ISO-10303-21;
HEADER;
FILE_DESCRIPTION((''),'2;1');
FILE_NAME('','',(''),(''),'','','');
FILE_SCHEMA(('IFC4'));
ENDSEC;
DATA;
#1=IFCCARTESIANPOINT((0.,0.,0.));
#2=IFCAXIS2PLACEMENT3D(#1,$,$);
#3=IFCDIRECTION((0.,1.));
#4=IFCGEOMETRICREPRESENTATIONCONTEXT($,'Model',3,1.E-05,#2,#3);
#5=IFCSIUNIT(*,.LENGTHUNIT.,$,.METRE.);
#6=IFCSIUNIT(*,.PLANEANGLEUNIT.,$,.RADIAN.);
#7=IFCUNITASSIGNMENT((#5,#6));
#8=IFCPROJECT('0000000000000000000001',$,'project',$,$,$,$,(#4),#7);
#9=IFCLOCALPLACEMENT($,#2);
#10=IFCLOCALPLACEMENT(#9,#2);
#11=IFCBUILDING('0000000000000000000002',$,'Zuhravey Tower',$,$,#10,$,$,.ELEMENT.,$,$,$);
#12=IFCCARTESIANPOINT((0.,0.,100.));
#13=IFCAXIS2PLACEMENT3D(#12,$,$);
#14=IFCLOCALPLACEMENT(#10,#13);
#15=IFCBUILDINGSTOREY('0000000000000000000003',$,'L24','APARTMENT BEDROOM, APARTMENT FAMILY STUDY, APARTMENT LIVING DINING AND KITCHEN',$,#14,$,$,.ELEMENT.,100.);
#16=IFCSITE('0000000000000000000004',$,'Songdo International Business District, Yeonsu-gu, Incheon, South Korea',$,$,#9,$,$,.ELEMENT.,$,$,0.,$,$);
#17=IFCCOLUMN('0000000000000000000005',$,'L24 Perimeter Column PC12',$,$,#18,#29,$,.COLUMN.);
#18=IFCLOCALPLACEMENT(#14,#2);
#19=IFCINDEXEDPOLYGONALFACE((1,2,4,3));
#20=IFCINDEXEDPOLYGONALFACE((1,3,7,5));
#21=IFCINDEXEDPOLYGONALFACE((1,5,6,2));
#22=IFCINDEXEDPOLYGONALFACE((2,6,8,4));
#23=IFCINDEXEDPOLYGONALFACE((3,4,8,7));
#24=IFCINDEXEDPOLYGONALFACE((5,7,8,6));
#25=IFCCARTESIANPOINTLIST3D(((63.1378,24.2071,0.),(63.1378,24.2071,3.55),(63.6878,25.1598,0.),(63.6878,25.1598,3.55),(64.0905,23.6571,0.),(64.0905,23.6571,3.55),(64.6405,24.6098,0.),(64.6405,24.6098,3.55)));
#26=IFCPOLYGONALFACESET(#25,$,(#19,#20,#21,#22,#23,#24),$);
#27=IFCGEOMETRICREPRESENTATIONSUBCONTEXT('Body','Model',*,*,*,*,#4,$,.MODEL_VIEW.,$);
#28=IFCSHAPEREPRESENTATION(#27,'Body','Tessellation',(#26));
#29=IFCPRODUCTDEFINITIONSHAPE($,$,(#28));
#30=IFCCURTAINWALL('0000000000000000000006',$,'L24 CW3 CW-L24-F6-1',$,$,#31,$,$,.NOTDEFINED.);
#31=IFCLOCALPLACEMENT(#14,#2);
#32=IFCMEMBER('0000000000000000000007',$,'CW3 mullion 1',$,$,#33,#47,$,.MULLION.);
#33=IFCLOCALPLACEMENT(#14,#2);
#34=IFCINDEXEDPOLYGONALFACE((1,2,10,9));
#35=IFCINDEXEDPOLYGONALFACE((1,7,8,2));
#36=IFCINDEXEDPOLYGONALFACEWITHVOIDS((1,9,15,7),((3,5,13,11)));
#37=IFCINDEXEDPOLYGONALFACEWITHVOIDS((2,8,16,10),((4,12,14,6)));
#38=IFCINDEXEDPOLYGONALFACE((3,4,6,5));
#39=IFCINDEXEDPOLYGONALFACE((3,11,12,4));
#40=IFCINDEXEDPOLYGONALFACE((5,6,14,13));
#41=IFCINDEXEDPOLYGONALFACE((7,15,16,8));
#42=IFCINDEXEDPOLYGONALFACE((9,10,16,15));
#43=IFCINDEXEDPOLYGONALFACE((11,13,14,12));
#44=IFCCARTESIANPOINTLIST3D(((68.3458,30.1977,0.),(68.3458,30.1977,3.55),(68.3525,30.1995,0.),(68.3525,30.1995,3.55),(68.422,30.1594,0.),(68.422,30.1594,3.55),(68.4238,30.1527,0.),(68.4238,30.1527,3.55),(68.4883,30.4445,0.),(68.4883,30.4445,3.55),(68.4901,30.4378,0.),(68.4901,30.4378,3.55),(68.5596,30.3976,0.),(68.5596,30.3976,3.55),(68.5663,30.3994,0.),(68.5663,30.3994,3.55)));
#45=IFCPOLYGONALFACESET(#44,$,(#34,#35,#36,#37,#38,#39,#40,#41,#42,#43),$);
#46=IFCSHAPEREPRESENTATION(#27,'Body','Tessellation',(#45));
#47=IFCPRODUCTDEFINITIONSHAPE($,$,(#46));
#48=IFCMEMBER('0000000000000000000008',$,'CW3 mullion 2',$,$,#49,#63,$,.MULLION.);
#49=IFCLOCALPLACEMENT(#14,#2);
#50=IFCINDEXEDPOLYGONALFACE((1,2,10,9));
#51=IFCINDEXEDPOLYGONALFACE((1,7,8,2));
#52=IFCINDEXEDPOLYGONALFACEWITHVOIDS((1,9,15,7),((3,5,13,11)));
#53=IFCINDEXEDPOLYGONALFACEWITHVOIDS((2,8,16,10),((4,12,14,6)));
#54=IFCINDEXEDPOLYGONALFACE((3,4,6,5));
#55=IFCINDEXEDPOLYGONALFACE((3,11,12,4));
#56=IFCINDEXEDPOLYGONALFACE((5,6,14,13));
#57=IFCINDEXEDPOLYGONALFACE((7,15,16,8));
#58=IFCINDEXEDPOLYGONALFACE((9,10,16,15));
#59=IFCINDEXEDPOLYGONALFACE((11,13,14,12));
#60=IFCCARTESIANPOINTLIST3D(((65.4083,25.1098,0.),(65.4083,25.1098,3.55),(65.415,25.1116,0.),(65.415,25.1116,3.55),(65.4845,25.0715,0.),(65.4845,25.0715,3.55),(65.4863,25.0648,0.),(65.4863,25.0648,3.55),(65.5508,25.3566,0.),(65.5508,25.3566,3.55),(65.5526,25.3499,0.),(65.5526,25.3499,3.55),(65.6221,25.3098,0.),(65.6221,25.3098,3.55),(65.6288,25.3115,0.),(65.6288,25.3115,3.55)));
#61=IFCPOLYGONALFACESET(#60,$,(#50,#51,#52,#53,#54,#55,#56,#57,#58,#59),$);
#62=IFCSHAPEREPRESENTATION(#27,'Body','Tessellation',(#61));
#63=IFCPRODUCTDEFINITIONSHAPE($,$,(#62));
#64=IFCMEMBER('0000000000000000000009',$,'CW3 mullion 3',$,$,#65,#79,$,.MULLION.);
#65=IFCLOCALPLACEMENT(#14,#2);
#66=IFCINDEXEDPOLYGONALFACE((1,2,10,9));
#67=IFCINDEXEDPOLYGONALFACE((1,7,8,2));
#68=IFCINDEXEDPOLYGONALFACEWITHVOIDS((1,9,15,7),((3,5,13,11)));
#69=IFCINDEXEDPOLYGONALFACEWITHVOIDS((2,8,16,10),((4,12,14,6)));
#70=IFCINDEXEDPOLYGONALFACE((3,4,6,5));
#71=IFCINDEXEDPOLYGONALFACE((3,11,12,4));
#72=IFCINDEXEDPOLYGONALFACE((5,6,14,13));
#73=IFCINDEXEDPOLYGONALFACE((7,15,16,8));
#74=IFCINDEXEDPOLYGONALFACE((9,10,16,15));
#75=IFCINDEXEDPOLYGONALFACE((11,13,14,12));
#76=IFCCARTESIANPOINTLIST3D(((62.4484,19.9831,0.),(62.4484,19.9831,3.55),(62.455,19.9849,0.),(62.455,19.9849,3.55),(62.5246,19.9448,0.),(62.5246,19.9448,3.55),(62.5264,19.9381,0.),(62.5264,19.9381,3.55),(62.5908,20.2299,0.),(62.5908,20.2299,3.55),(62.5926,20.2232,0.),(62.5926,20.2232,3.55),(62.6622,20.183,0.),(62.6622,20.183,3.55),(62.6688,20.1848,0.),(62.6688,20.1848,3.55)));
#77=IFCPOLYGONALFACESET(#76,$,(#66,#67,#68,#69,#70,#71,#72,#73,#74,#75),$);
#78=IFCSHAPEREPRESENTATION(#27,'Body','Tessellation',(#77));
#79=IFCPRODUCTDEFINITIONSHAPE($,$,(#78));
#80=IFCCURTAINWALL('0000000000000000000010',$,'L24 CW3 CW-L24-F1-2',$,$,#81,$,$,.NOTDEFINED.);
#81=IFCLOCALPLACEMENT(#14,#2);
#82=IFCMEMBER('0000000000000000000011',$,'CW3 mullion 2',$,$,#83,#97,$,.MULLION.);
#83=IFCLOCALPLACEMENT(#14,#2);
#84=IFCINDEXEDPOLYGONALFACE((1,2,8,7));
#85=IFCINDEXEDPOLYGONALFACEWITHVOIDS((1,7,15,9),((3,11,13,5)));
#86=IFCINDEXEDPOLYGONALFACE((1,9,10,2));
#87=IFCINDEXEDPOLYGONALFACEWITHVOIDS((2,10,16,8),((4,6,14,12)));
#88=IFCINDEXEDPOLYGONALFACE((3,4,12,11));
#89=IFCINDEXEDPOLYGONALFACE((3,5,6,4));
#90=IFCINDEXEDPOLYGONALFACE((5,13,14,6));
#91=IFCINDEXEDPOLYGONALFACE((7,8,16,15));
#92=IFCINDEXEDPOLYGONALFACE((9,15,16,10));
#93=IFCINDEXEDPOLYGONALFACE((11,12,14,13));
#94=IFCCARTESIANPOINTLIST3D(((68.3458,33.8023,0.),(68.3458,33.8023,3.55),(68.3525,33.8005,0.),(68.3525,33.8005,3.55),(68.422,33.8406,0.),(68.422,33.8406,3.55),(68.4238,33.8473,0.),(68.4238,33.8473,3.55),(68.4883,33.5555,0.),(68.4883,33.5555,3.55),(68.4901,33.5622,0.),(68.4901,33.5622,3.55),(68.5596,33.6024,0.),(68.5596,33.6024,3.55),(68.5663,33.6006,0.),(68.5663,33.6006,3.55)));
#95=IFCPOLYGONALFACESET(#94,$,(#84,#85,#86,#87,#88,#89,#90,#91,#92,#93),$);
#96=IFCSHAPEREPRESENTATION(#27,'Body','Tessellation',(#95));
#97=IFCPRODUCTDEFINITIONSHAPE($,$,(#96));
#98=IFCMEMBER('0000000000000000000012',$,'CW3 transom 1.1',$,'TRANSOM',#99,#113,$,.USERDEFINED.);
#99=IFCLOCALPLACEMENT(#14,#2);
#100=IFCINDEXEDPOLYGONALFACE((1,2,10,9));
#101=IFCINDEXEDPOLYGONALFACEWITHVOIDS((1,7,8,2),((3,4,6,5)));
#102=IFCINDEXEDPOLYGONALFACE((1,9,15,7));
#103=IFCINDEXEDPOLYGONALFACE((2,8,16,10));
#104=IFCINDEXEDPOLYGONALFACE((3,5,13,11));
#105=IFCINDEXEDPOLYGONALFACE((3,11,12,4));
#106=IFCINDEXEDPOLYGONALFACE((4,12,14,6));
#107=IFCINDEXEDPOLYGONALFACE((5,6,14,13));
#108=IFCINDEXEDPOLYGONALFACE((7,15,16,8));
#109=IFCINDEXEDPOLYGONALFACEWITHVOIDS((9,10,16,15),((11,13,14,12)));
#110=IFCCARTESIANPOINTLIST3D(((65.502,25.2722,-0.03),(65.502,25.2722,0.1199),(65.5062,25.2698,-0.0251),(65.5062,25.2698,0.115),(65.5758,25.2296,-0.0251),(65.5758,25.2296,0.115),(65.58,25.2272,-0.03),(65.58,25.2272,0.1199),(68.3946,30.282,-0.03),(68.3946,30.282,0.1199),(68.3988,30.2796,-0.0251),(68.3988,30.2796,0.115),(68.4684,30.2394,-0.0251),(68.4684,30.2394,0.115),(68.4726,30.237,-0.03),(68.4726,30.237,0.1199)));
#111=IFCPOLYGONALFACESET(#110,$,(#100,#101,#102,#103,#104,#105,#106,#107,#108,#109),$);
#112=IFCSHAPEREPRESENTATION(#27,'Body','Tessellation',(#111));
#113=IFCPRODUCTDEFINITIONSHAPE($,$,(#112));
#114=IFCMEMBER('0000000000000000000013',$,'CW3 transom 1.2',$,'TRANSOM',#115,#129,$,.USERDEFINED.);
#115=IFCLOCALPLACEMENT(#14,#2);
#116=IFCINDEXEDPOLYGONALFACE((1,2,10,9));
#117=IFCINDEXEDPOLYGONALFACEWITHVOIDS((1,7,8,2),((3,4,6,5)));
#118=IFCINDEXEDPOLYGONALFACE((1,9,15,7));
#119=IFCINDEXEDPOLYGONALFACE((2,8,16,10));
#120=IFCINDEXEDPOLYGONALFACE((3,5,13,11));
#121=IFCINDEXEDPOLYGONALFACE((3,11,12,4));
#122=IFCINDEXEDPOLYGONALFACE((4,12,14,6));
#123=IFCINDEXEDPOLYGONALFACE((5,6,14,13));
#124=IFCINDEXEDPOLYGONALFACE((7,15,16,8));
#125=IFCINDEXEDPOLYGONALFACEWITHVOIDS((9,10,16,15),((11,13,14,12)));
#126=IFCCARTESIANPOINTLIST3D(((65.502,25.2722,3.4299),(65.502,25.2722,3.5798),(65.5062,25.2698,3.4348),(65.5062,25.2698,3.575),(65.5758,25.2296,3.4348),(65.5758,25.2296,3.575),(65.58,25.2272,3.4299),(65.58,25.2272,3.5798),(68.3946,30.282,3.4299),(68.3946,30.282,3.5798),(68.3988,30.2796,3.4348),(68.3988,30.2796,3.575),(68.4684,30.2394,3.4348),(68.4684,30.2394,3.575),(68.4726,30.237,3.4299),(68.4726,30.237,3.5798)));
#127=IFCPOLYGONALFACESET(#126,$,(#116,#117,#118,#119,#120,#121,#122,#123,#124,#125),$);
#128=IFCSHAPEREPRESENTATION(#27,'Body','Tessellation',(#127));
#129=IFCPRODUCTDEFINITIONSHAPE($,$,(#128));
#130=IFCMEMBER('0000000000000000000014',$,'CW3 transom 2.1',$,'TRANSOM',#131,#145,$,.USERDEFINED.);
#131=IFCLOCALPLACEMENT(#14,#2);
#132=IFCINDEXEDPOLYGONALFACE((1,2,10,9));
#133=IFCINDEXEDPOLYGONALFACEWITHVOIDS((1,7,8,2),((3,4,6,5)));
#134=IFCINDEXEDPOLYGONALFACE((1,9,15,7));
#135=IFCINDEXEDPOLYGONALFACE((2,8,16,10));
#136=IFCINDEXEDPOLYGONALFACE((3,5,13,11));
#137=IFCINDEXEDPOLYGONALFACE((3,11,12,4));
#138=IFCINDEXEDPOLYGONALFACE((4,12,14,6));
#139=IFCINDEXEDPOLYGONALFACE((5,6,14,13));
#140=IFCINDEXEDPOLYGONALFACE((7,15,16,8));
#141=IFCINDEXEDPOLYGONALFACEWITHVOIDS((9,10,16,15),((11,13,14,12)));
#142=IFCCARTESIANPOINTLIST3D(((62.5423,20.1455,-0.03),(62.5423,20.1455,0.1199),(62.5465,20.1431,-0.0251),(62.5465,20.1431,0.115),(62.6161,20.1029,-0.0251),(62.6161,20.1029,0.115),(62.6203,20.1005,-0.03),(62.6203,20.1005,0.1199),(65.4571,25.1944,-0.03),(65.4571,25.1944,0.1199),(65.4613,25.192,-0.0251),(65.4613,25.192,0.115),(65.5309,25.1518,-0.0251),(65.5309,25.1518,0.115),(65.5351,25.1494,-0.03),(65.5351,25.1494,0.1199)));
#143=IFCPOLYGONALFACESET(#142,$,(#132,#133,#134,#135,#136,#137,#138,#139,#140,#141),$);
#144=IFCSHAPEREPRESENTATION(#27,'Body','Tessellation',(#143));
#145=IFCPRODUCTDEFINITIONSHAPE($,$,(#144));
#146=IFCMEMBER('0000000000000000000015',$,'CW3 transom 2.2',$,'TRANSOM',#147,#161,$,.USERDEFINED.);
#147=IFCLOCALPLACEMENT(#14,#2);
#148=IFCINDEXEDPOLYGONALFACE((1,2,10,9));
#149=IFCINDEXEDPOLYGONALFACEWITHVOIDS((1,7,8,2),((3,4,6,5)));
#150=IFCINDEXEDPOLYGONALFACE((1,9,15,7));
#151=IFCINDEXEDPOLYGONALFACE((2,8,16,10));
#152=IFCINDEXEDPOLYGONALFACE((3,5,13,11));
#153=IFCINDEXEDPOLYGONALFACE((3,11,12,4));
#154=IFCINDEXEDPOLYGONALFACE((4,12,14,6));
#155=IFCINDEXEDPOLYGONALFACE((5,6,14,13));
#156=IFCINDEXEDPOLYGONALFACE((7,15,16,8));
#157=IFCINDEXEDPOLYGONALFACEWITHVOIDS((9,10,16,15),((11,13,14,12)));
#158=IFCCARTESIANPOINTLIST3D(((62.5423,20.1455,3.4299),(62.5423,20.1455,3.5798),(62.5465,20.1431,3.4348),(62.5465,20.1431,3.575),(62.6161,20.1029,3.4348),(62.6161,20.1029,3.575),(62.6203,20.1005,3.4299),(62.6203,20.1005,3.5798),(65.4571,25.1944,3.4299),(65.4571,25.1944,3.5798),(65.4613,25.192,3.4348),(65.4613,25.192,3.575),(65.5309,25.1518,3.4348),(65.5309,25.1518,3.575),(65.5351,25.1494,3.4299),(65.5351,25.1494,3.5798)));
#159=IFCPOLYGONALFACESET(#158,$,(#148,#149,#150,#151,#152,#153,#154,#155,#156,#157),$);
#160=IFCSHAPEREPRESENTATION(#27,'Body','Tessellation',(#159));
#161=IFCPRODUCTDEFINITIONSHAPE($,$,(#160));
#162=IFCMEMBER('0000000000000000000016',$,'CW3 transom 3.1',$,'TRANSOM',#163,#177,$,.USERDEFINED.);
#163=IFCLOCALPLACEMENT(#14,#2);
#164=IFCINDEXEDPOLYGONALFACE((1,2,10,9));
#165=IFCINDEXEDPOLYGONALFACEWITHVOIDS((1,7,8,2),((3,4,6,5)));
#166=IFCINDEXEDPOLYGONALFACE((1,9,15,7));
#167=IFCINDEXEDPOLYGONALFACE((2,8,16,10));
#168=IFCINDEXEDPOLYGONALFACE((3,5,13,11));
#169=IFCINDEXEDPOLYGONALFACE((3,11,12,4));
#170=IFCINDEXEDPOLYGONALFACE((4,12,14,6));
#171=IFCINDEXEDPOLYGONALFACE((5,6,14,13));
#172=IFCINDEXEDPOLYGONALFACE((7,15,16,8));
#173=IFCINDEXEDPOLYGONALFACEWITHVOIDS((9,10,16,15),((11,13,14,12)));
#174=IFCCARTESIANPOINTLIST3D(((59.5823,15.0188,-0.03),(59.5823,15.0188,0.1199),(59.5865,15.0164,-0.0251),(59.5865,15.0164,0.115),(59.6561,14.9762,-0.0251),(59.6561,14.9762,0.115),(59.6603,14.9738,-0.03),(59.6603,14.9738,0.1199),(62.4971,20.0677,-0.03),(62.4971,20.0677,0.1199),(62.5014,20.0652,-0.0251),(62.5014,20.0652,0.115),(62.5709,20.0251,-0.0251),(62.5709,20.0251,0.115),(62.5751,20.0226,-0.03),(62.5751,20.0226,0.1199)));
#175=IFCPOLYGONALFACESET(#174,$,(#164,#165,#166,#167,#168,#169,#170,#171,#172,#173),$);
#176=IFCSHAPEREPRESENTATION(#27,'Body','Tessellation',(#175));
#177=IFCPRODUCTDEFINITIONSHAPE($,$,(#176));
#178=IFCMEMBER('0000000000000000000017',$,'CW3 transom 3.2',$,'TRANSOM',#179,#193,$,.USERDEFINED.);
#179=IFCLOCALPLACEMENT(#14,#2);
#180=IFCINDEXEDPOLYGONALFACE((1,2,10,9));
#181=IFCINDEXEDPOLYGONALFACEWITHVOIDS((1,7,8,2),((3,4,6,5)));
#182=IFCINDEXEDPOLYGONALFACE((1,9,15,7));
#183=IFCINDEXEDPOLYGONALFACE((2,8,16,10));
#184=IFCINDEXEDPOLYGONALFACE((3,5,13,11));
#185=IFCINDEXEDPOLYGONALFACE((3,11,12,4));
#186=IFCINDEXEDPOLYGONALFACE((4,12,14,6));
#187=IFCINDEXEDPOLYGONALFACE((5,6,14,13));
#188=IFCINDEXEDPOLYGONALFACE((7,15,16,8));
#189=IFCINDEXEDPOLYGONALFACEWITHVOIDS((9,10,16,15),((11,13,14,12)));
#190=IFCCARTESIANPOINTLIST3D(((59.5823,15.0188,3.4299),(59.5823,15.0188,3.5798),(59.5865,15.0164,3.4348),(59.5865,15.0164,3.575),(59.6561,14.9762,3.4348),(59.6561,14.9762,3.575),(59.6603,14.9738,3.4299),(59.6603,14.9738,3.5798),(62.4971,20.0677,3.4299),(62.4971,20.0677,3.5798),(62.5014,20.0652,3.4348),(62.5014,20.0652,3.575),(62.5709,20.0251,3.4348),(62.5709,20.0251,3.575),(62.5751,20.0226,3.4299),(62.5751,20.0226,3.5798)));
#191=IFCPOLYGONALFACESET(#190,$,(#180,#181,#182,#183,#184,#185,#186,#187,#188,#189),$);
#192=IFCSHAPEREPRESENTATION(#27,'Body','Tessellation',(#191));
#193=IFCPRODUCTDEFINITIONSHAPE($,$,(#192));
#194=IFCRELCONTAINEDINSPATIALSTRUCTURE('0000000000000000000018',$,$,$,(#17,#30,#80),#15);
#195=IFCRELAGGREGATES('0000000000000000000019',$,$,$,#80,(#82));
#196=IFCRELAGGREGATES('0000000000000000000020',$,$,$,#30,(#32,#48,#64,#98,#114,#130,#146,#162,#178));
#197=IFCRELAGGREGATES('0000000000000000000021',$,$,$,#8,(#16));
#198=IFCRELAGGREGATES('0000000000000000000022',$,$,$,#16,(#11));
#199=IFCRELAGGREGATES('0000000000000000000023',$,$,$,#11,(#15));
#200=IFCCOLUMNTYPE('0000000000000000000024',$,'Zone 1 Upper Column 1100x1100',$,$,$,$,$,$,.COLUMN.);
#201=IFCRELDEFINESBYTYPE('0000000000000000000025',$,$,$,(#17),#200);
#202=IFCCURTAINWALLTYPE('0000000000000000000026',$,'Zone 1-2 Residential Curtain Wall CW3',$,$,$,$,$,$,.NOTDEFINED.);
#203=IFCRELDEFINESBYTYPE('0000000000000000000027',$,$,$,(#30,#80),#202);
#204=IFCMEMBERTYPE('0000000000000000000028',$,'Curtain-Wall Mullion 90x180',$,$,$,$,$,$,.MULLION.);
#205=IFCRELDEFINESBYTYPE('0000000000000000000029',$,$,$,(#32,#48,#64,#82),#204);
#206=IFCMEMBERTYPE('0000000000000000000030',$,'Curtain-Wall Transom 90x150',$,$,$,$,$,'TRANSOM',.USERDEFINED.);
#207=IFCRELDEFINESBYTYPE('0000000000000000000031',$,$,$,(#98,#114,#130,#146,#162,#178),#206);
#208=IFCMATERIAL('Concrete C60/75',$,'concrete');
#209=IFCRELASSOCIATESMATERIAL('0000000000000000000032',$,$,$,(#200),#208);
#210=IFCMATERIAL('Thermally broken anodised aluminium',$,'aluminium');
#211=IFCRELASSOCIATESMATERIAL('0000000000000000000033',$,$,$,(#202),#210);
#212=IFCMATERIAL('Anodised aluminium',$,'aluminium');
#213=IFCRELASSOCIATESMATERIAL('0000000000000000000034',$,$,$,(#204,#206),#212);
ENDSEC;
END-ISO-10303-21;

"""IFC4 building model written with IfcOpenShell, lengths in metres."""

from ifc_helpers import new_model, si_unit, direction, frame, origin, origin_2d, place, context, subcontext, project, spatial, rectangle, hollow_rectangle, extrude, material, material_profile, profile_set, type_object, element, aggregate, save


model = new_model("IFC4")

# Units and contexts
model_context = context("Model", 3, precision=1e-05, world=origin(), true_north=direction((0.0, 1.0)))
body_context = subcontext(model_context, "Body", "Model", "MODEL_VIEW")
ifc_project = project(units=[si_unit("LENGTHUNIT", "METRE"), si_unit("PLANEANGLEUNIT", "RADIAN")], contexts=[model_context])

# Site, building, storey
site_placement = place(None, origin())
site = spatial("IfcSite", under=ifc_project, at=site_placement, Name="Songdo International Business District, Yeonsu-gu, Incheon, South Korea", CompositionType="ELEMENT", RefElevation=0.0)
building_placement = place(site_placement, origin())
building = spatial("IfcBuilding", under=site, at=building_placement, Name="Zuhravey Tower", CompositionType="ELEMENT")
storey_placement = place(building_placement, frame((0.0, 0.0, 100.0)))
storey = spatial("IfcBuildingStorey", under=building, at=storey_placement, Name="L24", Description="APARTMENT BEDROOM, APARTMENT FAMILY STUDY, APARTMENT LIVING DINING AND KITCHEN", CompositionType="ELEMENT", Elevation=100.0)

# Column
ifc_material_1 = material(Name="Concrete C60/75", Category="concrete")
ifc_material_profile_1 = material_profile(ifc_material_1, rectangle(XDim=1.1001, YDim=1.1001, at=origin_2d()), Name="RC-1100x1100")
ifc_profile_set_1 = profile_set([ifc_material_profile_1], Name="Concrete C60/75")
column_type = type_object("IfcColumnType", Name="Zone 1 Upper Column 1100x1100", PredefinedType="COLUMN", material=ifc_profile_set_1)
column_placement = place(storey_placement, frame((63.8892, 24.4084, 0.0), z_axis=(0.0, 0.0, 1.0), x_axis=(0.5, 0.866025, 0.0)))
element("IfcColumn", 1, at=column_placement, inside=storey, type_object=column_type, Name="L24 Perimeter Column PC12", PredefinedType="COLUMN", context=body_context, shape_type="SweptSolid", body=[
    extrude(rectangle(XDim=1.1001, YDim=1.1001, at=origin_2d()), origin(), (0.0, 0.0, 1.0), 3.55),
])

# Curtain wall, members
ifc_material_2 = material(Name="Thermally broken anodised aluminium", Category="aluminium")
curtain_wall_type = type_object("IfcCurtainWallType", Name="Zone 1-2 Residential Curtain Wall CW3", PredefinedType="NOTDEFINED", material=ifc_material_2)
curtain_wall_1_placement = place(storey_placement, origin())
curtain_wall_1 = element("IfcCurtainWall", 2, at=curtain_wall_1_placement, inside=storey, type_object=curtain_wall_type, Name="L24 CW3 CW-L24-F6-1", PredefinedType="NOTDEFINED")
ifc_material_3 = material(Name="Anodised aluminium", Category="aluminium")
ifc_material_profile_2 = material_profile(ifc_material_3, hollow_rectangle(XDim=0.0901, YDim=0.2849, WallThickness=0.0049, at=origin_2d()), Name="ALU-RHS-90x285x5")
ifc_profile_set_2 = profile_set([ifc_material_profile_2], Name="Anodised aluminium")
member_type_1 = type_object("IfcMemberType", Name="Curtain-Wall Mullion 90x180", PredefinedType="MULLION", material=ifc_profile_set_2)
member_1_placement = place(storey_placement, frame((68.4561, 30.2986, 0.0), z_axis=(0.0, 0.0, 1.0), x_axis=(0.866026, -0.5, 0.0)))
member_1 = element("IfcMember", 3, at=member_1_placement, type_object=member_type_1, Name="CW3 mullion 1", PredefinedType="MULLION", context=body_context, shape_type="SweptSolid", body=[
    extrude(hollow_rectangle(XDim=0.0901, YDim=0.2849, WallThickness=0.0049, at=origin_2d()), origin(), (0.0, 0.0, 1.0), 3.55),
])
member_2_placement = place(storey_placement, frame((65.5186, 25.2107, 0.0), z_axis=(0.0, 0.0, 1.0), x_axis=(0.866026, -0.5, 0.0)))
member_2 = element("IfcMember", 4, at=member_2_placement, type_object=member_type_1, Name="CW3 mullion 2", PredefinedType="MULLION", context=body_context, shape_type="SweptSolid", body=[
    extrude(hollow_rectangle(XDim=0.0901, YDim=0.2849, WallThickness=0.0049, at=origin_2d()), origin(), (0.0, 0.0, 1.0), 3.55),
])
member_3_placement = place(storey_placement, frame((62.5586, 20.084, 0.0), z_axis=(0.0, 0.0, 1.0), x_axis=(0.866026, -0.5, 0.0)))
member_3 = element("IfcMember", 5, at=member_3_placement, type_object=member_type_1, Name="CW3 mullion 3", PredefinedType="MULLION", context=body_context, shape_type="SweptSolid", body=[
    extrude(hollow_rectangle(XDim=0.0901, YDim=0.2849, WallThickness=0.0049, at=origin_2d()), origin(), (0.0, 0.0, 1.0), 3.55),
])

# Curtain wall, member
curtain_wall_2_placement = place(storey_placement, origin())
curtain_wall_2 = element("IfcCurtainWall", 6, at=curtain_wall_2_placement, inside=storey, type_object=curtain_wall_type, Name="L24 CW3 CW-L24-F1-2", PredefinedType="NOTDEFINED")
member_4_placement = place(storey_placement, frame((68.4561, 33.7014, 0.0), z_axis=(0.0, 0.0, 1.0), x_axis=(0.866027, 0.499996, 0.0)))
member_4 = element("IfcMember", 7, at=member_4_placement, type_object=member_type_1, Name="CW3 mullion 2", PredefinedType="MULLION", context=body_context, shape_type="SweptSolid", body=[
    extrude(hollow_rectangle(XDim=0.0901, YDim=0.2849, WallThickness=0.0049, at=origin_2d()), origin(), (0.0, 0.0, 1.0), 3.55),
])
aggregate(curtain_wall_2, [member_4])

# Members
ifc_material_profile_3 = material_profile(ifc_material_3, hollow_rectangle(XDim=0.0901, YDim=0.1499, WallThickness=0.0049, at=origin_2d()), Name="ALU-RHS-90x150x5")
ifc_profile_set_3 = profile_set([ifc_material_profile_3], Name="Anodised aluminium")
member_type_2 = type_object("IfcMemberType", Name="Curtain-Wall Transom 90x150", ElementType="TRANSOM", PredefinedType="USERDEFINED", material=ifc_profile_set_3)
member_5_placement = place(storey_placement, frame((68.4336, 30.2595, 0.0449), z_axis=(-0.500024, -0.866011, 0.0), x_axis=(0.866011, -0.500024, 0.0)))
member_5 = element("IfcMember", 8, at=member_5_placement, type_object=member_type_2, Name="CW3 transom 1.1", ObjectType="TRANSOM", PredefinedType="USERDEFINED", context=body_context, shape_type="SweptSolid", body=[
    extrude(hollow_rectangle(XDim=0.0901, YDim=0.1499, WallThickness=0.0049, at=origin_2d()), origin(), (0.0, 0.0, 1.0), 5.7849),
])
member_6_placement = place(storey_placement, frame((68.4336, 30.2595, 3.5049), z_axis=(-0.500024, -0.866011, 0.0), x_axis=(0.866011, -0.500024, 0.0)))
member_6 = element("IfcMember", 9, at=member_6_placement, type_object=member_type_2, Name="CW3 transom 1.2", ObjectType="TRANSOM", PredefinedType="USERDEFINED", context=body_context, shape_type="SweptSolid", body=[
    extrude(hollow_rectangle(XDim=0.0901, YDim=0.1499, WallThickness=0.0049, at=origin_2d()), origin(), (0.0, 0.0, 1.0), 5.7849),
])
member_7_placement = place(storey_placement, frame((65.4961, 25.1719, 0.0449), z_axis=(-0.499981, -0.866036, 0.0), x_axis=(0.866036, -0.499981, 0.0)))
member_7 = element("IfcMember", 10, at=member_7_placement, type_object=member_type_2, Name="CW3 transom 2.1", ObjectType="TRANSOM", PredefinedType="USERDEFINED", context=body_context, shape_type="SweptSolid", body=[
    extrude(hollow_rectangle(XDim=0.0901, YDim=0.1499, WallThickness=0.0049, at=origin_2d()), origin(), (0.0, 0.0, 1.0), 5.8298),
])
member_8_placement = place(storey_placement, frame((65.4961, 25.1719, 3.5049), z_axis=(-0.499981, -0.866036, 0.0), x_axis=(0.866036, -0.499981, 0.0)))
member_8 = element("IfcMember", 11, at=member_8_placement, type_object=member_type_2, Name="CW3 transom 2.2", ObjectType="TRANSOM", PredefinedType="USERDEFINED", context=body_context, shape_type="SweptSolid", body=[
    extrude(hollow_rectangle(XDim=0.0901, YDim=0.1499, WallThickness=0.0049, at=origin_2d()), origin(), (0.0, 0.0, 1.0), 5.8298),
])
member_9_placement = place(storey_placement, frame((62.5361, 20.0452, 0.0449), z_axis=(-0.499981, -0.866036, 0.0), x_axis=(0.866036, -0.499981, 0.0)))
member_9 = element("IfcMember", 12, at=member_9_placement, type_object=member_type_2, Name="CW3 transom 3.1", ObjectType="TRANSOM", PredefinedType="USERDEFINED", context=body_context, shape_type="SweptSolid", body=[
    extrude(hollow_rectangle(XDim=0.0901, YDim=0.1499, WallThickness=0.0049, at=origin_2d()), origin(), (0.0, 0.0, 1.0), 5.8298),
])
member_10_placement = place(storey_placement, frame((62.5361, 20.0452, 3.5049), z_axis=(-0.499981, -0.866036, 0.0), x_axis=(0.866036, -0.499981, 0.0)))
member_10 = element("IfcMember", 13, at=member_10_placement, type_object=member_type_2, Name="CW3 transom 3.2", ObjectType="TRANSOM", PredefinedType="USERDEFINED", context=body_context, shape_type="SweptSolid", body=[
    extrude(hollow_rectangle(XDim=0.0901, YDim=0.1499, WallThickness=0.0049, at=origin_2d()), origin(), (0.0, 0.0, 1.0), 5.8298),
])

aggregate(curtain_wall_1, [member_1, member_2, member_3, member_5, member_6, member_7, member_8, member_9, member_10])

save(model, "model.ifc")
